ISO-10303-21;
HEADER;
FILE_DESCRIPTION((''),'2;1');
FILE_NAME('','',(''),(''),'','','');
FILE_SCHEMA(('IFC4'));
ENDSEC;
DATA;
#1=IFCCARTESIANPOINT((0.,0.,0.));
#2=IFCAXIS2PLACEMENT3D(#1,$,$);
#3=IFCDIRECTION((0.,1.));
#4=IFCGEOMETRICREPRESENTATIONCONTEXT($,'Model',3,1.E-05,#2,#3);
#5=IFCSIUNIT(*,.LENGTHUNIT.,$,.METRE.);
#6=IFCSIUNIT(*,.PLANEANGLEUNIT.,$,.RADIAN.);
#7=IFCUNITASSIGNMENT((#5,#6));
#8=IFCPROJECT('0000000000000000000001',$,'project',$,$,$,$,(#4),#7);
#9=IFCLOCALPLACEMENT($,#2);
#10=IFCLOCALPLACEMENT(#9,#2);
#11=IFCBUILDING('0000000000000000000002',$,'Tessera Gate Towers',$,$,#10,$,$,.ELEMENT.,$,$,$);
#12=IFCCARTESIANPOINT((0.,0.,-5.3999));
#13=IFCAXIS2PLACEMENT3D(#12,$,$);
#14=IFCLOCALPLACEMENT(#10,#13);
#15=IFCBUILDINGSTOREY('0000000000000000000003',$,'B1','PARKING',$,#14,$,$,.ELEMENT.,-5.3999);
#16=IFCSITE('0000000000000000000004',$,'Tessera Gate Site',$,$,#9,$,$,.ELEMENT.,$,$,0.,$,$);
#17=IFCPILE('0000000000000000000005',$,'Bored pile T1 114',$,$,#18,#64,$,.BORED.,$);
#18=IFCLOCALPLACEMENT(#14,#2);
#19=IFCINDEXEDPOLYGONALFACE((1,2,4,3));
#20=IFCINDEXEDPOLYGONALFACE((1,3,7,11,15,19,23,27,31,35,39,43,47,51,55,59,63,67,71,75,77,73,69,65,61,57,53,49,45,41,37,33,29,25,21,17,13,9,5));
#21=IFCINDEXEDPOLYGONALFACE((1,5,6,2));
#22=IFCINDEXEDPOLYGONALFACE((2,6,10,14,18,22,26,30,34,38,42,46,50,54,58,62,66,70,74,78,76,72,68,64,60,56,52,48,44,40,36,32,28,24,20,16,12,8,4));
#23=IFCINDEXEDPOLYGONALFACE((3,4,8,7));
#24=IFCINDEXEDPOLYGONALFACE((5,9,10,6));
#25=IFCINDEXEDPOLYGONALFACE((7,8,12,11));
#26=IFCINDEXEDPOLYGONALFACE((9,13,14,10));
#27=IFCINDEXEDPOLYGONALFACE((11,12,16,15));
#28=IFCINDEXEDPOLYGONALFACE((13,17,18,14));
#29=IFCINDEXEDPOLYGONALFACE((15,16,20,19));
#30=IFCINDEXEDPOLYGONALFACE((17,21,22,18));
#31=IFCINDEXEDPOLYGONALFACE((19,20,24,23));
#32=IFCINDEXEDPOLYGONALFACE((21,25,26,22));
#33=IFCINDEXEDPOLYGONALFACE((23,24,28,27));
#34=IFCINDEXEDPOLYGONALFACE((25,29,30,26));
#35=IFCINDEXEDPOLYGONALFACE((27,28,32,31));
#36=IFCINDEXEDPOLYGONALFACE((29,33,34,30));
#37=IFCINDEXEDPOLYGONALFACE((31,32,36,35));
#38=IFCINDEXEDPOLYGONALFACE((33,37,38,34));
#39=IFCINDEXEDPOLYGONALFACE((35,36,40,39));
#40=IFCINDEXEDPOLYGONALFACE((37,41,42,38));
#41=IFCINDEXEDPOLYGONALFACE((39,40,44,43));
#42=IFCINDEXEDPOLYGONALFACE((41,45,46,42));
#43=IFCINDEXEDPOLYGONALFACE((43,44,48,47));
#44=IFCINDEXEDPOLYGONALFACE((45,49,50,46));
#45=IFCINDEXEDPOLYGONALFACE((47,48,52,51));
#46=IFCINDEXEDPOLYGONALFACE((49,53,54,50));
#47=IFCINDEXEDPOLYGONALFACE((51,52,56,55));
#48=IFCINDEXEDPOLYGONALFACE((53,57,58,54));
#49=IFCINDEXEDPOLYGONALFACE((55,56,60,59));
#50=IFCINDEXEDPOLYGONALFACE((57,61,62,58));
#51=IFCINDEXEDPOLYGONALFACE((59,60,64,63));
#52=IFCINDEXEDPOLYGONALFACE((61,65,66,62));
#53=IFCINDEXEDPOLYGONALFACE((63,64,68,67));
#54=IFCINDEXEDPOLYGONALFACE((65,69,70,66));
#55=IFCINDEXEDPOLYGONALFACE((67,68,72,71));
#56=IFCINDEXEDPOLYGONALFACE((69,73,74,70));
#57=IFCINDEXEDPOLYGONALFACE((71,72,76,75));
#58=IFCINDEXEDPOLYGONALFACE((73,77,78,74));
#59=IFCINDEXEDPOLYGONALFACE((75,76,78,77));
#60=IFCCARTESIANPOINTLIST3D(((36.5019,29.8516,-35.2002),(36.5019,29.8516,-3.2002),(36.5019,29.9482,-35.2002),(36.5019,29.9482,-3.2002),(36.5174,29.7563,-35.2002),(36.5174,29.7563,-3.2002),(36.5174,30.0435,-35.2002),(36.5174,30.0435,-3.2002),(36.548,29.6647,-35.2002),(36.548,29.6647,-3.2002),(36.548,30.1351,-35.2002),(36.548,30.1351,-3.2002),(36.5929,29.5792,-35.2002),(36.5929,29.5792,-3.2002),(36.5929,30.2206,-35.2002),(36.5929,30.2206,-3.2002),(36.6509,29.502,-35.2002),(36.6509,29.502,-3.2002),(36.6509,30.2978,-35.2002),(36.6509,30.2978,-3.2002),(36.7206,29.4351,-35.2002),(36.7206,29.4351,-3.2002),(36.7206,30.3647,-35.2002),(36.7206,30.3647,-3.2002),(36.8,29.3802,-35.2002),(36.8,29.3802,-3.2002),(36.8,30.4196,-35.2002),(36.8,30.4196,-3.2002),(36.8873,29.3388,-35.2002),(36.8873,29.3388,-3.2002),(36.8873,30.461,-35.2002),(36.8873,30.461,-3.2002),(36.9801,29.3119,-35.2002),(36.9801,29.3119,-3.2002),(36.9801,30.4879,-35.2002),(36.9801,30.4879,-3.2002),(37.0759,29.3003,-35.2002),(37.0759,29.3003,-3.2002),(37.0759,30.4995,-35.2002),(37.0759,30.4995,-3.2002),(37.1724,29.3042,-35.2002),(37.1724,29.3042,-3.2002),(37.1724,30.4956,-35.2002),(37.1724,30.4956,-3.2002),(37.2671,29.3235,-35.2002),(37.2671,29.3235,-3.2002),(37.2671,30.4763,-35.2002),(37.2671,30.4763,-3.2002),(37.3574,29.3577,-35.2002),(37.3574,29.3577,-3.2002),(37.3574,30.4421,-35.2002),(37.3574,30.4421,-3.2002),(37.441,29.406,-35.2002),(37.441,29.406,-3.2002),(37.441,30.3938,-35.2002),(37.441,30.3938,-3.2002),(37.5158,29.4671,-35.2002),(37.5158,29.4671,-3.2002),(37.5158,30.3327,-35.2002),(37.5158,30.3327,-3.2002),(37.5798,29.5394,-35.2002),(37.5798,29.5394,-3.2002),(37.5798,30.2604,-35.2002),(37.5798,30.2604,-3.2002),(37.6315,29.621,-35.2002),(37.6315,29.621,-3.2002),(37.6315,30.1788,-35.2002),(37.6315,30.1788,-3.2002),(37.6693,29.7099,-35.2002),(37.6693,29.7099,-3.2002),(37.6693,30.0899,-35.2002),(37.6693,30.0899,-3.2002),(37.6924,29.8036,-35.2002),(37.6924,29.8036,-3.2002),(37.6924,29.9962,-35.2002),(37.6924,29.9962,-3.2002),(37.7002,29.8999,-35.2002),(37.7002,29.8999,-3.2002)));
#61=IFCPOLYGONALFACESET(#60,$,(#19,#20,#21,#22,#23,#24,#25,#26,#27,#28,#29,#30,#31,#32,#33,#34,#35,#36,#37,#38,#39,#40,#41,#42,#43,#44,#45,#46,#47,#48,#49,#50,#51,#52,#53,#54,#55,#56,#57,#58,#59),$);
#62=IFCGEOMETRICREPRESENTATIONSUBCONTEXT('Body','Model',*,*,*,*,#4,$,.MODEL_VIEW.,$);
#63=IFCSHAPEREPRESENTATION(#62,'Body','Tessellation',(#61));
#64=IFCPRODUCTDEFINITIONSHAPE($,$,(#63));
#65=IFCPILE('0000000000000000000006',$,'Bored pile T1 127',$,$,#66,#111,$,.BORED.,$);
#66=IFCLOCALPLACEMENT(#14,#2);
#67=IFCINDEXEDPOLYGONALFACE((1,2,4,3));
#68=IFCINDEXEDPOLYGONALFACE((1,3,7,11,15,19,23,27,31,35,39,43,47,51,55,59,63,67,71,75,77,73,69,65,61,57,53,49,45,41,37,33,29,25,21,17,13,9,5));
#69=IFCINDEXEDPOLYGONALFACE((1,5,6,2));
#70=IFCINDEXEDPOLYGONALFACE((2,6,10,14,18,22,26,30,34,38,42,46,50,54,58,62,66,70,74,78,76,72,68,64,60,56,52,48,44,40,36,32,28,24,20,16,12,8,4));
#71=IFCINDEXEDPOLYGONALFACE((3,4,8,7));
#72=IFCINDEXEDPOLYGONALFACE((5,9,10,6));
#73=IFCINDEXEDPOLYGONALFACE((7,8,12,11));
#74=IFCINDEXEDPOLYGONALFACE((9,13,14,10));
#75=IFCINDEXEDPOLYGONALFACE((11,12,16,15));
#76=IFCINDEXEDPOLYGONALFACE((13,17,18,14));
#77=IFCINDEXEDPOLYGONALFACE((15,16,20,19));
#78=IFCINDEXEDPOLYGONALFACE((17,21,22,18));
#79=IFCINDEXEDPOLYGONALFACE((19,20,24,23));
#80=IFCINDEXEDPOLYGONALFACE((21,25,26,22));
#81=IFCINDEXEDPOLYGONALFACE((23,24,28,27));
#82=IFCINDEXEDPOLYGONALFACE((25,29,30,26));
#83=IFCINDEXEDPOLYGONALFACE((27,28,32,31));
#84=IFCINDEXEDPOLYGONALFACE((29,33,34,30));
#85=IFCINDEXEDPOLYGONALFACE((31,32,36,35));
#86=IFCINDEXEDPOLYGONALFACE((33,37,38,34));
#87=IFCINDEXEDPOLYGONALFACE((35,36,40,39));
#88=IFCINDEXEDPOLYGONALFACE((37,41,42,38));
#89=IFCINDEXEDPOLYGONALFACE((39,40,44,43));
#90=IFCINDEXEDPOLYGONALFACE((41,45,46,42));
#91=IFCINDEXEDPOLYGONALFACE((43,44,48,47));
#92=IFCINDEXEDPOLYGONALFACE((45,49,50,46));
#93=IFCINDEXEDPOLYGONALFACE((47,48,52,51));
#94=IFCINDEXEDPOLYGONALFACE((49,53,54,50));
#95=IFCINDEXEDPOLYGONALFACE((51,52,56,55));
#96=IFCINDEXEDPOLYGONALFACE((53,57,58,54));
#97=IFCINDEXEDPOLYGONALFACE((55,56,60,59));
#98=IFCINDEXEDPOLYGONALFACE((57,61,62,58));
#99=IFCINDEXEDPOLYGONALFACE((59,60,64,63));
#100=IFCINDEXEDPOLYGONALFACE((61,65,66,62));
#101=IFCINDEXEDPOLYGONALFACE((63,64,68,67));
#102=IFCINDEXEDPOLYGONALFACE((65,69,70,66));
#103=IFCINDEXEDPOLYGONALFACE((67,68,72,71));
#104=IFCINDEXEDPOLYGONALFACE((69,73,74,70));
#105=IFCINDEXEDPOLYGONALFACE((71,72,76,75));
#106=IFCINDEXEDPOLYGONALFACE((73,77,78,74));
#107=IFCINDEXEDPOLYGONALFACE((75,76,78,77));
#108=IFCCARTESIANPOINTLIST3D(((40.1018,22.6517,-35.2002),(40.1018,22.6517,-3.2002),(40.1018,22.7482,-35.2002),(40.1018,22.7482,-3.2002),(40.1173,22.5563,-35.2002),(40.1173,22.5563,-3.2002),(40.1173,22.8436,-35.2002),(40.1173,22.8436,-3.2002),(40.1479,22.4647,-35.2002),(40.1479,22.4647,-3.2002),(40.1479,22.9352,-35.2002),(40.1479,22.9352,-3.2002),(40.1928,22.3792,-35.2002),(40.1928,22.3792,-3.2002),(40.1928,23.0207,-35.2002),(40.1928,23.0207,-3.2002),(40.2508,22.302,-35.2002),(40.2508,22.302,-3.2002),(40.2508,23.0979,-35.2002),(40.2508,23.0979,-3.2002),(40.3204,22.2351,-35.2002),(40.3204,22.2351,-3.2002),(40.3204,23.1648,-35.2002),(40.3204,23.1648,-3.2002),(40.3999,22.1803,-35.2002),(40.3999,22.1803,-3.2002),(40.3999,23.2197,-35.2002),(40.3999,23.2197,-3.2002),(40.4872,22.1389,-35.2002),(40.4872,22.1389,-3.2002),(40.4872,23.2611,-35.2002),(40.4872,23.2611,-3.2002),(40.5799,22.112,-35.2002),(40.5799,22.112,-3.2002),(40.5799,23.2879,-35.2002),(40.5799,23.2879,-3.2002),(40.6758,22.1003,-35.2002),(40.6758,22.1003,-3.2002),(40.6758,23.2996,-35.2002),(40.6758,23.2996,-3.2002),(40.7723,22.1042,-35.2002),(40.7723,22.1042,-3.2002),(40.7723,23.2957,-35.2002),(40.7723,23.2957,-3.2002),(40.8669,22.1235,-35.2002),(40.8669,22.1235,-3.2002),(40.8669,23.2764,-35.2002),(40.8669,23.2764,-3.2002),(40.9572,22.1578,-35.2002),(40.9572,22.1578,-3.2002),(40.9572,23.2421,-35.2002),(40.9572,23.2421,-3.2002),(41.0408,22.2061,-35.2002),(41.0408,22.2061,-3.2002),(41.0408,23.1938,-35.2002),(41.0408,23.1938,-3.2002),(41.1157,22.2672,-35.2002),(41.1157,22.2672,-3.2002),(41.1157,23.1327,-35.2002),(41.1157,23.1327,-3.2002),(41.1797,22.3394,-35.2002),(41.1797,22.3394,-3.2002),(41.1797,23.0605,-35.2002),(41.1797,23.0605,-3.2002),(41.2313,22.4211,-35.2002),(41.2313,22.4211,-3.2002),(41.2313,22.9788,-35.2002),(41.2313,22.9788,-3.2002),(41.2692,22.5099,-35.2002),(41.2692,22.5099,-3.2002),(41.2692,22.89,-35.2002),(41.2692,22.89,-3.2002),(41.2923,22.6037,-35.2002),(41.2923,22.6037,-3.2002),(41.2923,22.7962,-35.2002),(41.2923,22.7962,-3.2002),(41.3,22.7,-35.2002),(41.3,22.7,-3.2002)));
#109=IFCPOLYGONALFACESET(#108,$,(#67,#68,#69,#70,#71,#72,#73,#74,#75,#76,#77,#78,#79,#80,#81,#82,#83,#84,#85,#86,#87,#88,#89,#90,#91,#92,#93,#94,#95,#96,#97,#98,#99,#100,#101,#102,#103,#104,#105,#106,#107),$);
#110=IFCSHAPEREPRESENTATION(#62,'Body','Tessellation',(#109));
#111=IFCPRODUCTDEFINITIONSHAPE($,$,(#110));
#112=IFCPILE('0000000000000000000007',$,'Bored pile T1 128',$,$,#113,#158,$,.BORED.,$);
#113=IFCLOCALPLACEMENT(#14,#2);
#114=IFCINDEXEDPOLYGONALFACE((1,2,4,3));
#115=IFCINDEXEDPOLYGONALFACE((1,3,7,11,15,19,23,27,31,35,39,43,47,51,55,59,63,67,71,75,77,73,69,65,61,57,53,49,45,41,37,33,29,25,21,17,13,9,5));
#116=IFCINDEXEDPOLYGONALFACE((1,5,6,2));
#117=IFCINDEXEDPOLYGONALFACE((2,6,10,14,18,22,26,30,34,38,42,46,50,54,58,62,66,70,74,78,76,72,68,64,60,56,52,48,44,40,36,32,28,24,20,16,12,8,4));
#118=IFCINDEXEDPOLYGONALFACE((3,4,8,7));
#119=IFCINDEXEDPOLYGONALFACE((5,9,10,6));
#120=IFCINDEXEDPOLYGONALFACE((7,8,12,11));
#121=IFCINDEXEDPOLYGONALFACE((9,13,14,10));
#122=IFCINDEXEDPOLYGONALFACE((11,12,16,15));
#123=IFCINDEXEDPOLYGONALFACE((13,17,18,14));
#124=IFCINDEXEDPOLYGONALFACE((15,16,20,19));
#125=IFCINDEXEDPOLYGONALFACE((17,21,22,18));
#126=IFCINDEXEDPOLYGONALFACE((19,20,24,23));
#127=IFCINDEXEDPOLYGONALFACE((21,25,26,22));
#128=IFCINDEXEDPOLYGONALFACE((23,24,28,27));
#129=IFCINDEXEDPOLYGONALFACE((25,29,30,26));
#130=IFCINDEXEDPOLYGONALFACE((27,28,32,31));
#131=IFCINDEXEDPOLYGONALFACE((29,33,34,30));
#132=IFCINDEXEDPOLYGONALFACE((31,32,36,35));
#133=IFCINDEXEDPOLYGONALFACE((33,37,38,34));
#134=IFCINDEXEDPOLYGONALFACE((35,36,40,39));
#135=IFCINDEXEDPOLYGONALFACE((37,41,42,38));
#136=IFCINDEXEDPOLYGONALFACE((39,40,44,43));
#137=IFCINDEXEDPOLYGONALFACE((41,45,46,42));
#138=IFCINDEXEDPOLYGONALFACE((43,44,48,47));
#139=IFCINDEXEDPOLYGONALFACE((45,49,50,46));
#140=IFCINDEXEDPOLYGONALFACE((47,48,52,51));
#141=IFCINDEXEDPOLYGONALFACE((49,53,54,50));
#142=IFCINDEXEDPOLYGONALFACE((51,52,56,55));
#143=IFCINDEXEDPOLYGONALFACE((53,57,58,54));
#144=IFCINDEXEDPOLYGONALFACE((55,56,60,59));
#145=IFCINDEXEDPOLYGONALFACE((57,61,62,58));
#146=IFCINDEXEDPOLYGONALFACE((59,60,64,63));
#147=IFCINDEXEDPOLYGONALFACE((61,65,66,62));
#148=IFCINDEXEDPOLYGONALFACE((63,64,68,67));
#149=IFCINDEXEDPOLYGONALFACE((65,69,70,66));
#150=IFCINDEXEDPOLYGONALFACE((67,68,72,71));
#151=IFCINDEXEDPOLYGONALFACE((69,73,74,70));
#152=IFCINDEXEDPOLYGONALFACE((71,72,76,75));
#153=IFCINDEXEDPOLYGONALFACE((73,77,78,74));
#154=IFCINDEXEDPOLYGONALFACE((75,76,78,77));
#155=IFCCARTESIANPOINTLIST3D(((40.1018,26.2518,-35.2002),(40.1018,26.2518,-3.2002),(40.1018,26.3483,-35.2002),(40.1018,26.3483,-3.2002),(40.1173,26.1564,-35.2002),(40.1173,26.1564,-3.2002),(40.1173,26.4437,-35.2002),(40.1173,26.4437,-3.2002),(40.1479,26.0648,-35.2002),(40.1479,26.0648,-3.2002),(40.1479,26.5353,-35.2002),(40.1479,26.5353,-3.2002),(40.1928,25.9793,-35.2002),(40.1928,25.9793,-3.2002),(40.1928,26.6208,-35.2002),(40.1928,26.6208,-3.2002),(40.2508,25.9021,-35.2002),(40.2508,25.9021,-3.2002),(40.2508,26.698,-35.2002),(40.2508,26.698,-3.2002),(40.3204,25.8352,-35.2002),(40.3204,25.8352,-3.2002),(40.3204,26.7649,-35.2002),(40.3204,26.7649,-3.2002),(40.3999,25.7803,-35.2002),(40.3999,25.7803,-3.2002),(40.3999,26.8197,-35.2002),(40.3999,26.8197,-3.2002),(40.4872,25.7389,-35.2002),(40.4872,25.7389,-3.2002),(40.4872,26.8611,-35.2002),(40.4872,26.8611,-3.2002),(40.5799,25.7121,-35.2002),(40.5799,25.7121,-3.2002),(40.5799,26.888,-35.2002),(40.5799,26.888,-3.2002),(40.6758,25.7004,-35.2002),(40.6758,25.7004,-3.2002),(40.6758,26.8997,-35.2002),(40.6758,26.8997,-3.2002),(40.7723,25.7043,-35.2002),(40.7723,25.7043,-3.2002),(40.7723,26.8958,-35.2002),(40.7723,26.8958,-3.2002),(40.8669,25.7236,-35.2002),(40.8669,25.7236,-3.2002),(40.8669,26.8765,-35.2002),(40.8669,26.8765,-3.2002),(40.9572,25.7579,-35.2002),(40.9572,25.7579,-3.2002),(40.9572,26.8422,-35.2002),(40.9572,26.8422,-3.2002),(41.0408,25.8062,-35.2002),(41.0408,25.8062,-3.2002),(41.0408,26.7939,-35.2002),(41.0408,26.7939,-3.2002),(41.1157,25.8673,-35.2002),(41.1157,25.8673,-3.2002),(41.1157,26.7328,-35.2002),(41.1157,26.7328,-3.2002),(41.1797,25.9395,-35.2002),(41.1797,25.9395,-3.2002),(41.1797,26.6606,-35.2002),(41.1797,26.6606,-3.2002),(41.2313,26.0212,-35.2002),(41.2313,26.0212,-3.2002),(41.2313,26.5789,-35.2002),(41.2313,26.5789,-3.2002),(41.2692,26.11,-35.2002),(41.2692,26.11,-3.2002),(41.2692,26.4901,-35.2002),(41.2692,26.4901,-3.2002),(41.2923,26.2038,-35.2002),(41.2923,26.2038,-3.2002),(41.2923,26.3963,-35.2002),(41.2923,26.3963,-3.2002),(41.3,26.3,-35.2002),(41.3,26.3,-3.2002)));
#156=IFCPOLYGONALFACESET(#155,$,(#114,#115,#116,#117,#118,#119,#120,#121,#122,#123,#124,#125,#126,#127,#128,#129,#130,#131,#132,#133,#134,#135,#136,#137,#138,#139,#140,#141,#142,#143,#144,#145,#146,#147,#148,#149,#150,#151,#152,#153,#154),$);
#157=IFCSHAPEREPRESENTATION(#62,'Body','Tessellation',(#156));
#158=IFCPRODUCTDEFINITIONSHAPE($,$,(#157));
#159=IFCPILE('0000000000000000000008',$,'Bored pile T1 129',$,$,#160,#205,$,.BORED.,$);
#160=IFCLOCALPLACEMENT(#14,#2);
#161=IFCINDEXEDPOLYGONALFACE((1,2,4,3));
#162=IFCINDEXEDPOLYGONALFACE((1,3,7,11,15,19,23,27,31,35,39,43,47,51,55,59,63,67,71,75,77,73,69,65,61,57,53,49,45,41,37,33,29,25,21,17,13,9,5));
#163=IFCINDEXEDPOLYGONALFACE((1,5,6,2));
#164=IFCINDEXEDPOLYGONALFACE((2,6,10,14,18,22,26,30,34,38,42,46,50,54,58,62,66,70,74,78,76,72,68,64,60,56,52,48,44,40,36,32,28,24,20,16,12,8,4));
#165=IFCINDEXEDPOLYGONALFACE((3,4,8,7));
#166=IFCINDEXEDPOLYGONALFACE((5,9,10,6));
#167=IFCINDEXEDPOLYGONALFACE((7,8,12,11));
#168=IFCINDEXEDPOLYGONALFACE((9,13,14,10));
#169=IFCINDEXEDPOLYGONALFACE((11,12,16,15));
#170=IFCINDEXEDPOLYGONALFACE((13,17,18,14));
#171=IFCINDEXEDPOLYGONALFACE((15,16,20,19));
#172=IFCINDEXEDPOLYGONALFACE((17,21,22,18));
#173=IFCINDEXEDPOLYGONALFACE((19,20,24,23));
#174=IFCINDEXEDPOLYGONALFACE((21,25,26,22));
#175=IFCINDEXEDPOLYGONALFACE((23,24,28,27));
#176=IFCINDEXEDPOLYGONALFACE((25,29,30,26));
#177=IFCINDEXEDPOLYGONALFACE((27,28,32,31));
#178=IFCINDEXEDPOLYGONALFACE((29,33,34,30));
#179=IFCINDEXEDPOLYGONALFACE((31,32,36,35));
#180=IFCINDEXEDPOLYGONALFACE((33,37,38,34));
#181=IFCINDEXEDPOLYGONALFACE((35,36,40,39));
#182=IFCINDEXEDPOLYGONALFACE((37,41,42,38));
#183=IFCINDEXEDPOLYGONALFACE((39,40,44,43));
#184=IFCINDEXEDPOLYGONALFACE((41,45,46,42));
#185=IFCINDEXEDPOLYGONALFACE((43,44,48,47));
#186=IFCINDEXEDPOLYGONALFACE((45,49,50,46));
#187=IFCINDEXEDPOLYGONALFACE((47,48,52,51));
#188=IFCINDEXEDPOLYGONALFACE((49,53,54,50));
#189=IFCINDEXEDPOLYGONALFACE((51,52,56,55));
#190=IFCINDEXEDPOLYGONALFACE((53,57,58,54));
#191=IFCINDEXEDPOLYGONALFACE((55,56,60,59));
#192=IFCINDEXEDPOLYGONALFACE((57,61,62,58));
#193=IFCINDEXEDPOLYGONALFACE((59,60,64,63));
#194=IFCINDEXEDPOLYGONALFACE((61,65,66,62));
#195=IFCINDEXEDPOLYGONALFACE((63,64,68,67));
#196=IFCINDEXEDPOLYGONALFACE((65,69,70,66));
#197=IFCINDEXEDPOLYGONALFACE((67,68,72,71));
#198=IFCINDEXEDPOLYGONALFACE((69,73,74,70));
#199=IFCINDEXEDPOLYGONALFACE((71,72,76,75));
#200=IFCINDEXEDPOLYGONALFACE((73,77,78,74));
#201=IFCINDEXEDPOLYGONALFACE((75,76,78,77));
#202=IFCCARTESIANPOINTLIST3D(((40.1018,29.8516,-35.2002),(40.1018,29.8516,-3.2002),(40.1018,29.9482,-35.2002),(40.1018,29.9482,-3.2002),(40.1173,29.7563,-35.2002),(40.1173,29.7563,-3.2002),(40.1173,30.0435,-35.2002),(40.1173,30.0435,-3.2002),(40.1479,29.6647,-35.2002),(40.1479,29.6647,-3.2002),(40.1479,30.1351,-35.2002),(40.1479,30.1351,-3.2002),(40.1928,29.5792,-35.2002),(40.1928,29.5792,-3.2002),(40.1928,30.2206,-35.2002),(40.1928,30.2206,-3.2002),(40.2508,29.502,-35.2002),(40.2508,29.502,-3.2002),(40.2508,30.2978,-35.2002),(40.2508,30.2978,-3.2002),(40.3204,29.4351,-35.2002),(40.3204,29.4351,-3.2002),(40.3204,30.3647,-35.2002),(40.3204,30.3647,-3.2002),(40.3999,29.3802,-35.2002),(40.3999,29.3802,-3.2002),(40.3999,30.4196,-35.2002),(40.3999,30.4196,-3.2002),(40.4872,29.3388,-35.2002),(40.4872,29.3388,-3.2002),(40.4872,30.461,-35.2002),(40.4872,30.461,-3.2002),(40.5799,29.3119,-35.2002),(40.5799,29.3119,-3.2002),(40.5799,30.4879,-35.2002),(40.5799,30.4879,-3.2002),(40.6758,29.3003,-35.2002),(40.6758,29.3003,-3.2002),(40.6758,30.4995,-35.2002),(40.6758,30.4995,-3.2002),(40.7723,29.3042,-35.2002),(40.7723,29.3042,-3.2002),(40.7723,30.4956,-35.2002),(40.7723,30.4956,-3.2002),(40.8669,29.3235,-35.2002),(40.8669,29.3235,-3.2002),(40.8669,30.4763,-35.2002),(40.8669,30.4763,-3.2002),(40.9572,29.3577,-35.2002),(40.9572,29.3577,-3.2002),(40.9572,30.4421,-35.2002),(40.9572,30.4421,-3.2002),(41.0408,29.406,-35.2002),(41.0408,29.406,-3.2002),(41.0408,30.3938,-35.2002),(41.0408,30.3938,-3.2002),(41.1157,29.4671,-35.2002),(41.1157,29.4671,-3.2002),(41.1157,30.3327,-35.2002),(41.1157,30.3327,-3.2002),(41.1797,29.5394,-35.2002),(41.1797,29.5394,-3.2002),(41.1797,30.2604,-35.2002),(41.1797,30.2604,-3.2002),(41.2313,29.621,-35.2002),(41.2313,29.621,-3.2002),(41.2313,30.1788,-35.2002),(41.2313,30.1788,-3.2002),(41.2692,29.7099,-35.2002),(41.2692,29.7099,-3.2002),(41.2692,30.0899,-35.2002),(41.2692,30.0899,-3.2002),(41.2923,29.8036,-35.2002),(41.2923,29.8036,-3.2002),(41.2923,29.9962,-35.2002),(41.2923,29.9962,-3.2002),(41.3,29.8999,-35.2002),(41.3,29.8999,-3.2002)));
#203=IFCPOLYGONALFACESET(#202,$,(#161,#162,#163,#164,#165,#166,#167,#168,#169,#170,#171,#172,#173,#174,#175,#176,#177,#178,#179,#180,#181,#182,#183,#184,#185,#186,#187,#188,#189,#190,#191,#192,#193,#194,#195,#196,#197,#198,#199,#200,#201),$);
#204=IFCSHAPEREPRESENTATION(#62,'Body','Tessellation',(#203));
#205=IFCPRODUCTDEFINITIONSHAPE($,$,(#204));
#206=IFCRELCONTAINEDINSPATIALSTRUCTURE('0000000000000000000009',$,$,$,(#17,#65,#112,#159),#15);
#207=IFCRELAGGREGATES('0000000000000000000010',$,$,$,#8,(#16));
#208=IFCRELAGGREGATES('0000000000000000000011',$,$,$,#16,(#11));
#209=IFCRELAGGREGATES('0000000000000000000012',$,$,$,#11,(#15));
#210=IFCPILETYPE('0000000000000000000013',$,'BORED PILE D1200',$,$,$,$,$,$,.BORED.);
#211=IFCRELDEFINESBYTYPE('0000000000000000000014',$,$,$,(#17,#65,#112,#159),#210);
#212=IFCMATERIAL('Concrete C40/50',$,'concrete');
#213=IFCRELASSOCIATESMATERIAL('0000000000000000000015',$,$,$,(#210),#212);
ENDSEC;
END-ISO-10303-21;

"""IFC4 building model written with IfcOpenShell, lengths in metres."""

from ifc_helpers import new_model, si_unit, direction, frame, origin, origin_2d, place, context, subcontext, project, spatial, circle, extrude, material, material_profile, profile_set, type_object, element, save


model = new_model("IFC4")

# Units and contexts
model_context = context("Model", 3, precision=1e-05, world=origin(), true_north=direction((0.0, 1.0)))
body_context = subcontext(model_context, "Body", "Model", "MODEL_VIEW")
ifc_project = project(units=[si_unit("LENGTHUNIT", "METRE"), si_unit("PLANEANGLEUNIT", "RADIAN")], contexts=[model_context])

# Site, building, storey
site_placement = place(None, origin())
site = spatial("IfcSite", under=ifc_project, at=site_placement, Name="Tessera Gate Site", CompositionType="ELEMENT", RefElevation=0.0)
building_placement = place(site_placement, origin())
building = spatial("IfcBuilding", under=site, at=building_placement, Name="Tessera Gate Towers", CompositionType="ELEMENT")
storey_placement = place(building_placement, frame((0.0, 0.0, -5.3999)))
storey = spatial("IfcBuildingStorey", under=building, at=storey_placement, Name="B1", Description="PARKING", CompositionType="ELEMENT", Elevation=-5.3999)

# Piles
ifc_material_1 = material(Name="Concrete C40/50", Category="concrete")
ifc_material_profile = material_profile(ifc_material_1, circle(Radius=0.6001, at=origin_2d()), Name="BORED PILE D1200")
ifc_profile_set = profile_set([ifc_material_profile], Name="Concrete C40/50")
pile_type = type_object("IfcPileType", Name="BORED PILE D1200", PredefinedType="BORED", material=ifc_profile_set)
for number, where, z_axis, x_axis, name in (
    (1, (37.1001, 29.8999, -3.2002), (0.0, 0.0, -1.0), (1.0, 0.0, 0.0), "Bored pile T1 114"),
    (2, (40.7, 22.7, -3.2002), (0.0, 0.0, -1.0), (1.0, 0.0, 0.0), "Bored pile T1 127"),
    (3, (40.7, 26.3, -3.2002), (0.0, 0.0, -1.0), (1.0, 0.0, 0.0), "Bored pile T1 128"),
    (4, (40.7, 29.8999, -3.2002), (0.0, 0.0, -1.0), (1.0, 0.0, 0.0), "Bored pile T1 129"),
):
    element("IfcPile", number, at=place(storey_placement, frame(where, z_axis=z_axis, x_axis=x_axis)), inside=storey, type_object=pile_type, Name=name, PredefinedType="BORED", context=body_context, shape_type="SweptSolid", body=[
        extrude(circle(Radius=0.6001, at=origin_2d()), origin(), (0.0, 0.0, 1.0), 32.0),
    ])

save(model, "model.ifc")
